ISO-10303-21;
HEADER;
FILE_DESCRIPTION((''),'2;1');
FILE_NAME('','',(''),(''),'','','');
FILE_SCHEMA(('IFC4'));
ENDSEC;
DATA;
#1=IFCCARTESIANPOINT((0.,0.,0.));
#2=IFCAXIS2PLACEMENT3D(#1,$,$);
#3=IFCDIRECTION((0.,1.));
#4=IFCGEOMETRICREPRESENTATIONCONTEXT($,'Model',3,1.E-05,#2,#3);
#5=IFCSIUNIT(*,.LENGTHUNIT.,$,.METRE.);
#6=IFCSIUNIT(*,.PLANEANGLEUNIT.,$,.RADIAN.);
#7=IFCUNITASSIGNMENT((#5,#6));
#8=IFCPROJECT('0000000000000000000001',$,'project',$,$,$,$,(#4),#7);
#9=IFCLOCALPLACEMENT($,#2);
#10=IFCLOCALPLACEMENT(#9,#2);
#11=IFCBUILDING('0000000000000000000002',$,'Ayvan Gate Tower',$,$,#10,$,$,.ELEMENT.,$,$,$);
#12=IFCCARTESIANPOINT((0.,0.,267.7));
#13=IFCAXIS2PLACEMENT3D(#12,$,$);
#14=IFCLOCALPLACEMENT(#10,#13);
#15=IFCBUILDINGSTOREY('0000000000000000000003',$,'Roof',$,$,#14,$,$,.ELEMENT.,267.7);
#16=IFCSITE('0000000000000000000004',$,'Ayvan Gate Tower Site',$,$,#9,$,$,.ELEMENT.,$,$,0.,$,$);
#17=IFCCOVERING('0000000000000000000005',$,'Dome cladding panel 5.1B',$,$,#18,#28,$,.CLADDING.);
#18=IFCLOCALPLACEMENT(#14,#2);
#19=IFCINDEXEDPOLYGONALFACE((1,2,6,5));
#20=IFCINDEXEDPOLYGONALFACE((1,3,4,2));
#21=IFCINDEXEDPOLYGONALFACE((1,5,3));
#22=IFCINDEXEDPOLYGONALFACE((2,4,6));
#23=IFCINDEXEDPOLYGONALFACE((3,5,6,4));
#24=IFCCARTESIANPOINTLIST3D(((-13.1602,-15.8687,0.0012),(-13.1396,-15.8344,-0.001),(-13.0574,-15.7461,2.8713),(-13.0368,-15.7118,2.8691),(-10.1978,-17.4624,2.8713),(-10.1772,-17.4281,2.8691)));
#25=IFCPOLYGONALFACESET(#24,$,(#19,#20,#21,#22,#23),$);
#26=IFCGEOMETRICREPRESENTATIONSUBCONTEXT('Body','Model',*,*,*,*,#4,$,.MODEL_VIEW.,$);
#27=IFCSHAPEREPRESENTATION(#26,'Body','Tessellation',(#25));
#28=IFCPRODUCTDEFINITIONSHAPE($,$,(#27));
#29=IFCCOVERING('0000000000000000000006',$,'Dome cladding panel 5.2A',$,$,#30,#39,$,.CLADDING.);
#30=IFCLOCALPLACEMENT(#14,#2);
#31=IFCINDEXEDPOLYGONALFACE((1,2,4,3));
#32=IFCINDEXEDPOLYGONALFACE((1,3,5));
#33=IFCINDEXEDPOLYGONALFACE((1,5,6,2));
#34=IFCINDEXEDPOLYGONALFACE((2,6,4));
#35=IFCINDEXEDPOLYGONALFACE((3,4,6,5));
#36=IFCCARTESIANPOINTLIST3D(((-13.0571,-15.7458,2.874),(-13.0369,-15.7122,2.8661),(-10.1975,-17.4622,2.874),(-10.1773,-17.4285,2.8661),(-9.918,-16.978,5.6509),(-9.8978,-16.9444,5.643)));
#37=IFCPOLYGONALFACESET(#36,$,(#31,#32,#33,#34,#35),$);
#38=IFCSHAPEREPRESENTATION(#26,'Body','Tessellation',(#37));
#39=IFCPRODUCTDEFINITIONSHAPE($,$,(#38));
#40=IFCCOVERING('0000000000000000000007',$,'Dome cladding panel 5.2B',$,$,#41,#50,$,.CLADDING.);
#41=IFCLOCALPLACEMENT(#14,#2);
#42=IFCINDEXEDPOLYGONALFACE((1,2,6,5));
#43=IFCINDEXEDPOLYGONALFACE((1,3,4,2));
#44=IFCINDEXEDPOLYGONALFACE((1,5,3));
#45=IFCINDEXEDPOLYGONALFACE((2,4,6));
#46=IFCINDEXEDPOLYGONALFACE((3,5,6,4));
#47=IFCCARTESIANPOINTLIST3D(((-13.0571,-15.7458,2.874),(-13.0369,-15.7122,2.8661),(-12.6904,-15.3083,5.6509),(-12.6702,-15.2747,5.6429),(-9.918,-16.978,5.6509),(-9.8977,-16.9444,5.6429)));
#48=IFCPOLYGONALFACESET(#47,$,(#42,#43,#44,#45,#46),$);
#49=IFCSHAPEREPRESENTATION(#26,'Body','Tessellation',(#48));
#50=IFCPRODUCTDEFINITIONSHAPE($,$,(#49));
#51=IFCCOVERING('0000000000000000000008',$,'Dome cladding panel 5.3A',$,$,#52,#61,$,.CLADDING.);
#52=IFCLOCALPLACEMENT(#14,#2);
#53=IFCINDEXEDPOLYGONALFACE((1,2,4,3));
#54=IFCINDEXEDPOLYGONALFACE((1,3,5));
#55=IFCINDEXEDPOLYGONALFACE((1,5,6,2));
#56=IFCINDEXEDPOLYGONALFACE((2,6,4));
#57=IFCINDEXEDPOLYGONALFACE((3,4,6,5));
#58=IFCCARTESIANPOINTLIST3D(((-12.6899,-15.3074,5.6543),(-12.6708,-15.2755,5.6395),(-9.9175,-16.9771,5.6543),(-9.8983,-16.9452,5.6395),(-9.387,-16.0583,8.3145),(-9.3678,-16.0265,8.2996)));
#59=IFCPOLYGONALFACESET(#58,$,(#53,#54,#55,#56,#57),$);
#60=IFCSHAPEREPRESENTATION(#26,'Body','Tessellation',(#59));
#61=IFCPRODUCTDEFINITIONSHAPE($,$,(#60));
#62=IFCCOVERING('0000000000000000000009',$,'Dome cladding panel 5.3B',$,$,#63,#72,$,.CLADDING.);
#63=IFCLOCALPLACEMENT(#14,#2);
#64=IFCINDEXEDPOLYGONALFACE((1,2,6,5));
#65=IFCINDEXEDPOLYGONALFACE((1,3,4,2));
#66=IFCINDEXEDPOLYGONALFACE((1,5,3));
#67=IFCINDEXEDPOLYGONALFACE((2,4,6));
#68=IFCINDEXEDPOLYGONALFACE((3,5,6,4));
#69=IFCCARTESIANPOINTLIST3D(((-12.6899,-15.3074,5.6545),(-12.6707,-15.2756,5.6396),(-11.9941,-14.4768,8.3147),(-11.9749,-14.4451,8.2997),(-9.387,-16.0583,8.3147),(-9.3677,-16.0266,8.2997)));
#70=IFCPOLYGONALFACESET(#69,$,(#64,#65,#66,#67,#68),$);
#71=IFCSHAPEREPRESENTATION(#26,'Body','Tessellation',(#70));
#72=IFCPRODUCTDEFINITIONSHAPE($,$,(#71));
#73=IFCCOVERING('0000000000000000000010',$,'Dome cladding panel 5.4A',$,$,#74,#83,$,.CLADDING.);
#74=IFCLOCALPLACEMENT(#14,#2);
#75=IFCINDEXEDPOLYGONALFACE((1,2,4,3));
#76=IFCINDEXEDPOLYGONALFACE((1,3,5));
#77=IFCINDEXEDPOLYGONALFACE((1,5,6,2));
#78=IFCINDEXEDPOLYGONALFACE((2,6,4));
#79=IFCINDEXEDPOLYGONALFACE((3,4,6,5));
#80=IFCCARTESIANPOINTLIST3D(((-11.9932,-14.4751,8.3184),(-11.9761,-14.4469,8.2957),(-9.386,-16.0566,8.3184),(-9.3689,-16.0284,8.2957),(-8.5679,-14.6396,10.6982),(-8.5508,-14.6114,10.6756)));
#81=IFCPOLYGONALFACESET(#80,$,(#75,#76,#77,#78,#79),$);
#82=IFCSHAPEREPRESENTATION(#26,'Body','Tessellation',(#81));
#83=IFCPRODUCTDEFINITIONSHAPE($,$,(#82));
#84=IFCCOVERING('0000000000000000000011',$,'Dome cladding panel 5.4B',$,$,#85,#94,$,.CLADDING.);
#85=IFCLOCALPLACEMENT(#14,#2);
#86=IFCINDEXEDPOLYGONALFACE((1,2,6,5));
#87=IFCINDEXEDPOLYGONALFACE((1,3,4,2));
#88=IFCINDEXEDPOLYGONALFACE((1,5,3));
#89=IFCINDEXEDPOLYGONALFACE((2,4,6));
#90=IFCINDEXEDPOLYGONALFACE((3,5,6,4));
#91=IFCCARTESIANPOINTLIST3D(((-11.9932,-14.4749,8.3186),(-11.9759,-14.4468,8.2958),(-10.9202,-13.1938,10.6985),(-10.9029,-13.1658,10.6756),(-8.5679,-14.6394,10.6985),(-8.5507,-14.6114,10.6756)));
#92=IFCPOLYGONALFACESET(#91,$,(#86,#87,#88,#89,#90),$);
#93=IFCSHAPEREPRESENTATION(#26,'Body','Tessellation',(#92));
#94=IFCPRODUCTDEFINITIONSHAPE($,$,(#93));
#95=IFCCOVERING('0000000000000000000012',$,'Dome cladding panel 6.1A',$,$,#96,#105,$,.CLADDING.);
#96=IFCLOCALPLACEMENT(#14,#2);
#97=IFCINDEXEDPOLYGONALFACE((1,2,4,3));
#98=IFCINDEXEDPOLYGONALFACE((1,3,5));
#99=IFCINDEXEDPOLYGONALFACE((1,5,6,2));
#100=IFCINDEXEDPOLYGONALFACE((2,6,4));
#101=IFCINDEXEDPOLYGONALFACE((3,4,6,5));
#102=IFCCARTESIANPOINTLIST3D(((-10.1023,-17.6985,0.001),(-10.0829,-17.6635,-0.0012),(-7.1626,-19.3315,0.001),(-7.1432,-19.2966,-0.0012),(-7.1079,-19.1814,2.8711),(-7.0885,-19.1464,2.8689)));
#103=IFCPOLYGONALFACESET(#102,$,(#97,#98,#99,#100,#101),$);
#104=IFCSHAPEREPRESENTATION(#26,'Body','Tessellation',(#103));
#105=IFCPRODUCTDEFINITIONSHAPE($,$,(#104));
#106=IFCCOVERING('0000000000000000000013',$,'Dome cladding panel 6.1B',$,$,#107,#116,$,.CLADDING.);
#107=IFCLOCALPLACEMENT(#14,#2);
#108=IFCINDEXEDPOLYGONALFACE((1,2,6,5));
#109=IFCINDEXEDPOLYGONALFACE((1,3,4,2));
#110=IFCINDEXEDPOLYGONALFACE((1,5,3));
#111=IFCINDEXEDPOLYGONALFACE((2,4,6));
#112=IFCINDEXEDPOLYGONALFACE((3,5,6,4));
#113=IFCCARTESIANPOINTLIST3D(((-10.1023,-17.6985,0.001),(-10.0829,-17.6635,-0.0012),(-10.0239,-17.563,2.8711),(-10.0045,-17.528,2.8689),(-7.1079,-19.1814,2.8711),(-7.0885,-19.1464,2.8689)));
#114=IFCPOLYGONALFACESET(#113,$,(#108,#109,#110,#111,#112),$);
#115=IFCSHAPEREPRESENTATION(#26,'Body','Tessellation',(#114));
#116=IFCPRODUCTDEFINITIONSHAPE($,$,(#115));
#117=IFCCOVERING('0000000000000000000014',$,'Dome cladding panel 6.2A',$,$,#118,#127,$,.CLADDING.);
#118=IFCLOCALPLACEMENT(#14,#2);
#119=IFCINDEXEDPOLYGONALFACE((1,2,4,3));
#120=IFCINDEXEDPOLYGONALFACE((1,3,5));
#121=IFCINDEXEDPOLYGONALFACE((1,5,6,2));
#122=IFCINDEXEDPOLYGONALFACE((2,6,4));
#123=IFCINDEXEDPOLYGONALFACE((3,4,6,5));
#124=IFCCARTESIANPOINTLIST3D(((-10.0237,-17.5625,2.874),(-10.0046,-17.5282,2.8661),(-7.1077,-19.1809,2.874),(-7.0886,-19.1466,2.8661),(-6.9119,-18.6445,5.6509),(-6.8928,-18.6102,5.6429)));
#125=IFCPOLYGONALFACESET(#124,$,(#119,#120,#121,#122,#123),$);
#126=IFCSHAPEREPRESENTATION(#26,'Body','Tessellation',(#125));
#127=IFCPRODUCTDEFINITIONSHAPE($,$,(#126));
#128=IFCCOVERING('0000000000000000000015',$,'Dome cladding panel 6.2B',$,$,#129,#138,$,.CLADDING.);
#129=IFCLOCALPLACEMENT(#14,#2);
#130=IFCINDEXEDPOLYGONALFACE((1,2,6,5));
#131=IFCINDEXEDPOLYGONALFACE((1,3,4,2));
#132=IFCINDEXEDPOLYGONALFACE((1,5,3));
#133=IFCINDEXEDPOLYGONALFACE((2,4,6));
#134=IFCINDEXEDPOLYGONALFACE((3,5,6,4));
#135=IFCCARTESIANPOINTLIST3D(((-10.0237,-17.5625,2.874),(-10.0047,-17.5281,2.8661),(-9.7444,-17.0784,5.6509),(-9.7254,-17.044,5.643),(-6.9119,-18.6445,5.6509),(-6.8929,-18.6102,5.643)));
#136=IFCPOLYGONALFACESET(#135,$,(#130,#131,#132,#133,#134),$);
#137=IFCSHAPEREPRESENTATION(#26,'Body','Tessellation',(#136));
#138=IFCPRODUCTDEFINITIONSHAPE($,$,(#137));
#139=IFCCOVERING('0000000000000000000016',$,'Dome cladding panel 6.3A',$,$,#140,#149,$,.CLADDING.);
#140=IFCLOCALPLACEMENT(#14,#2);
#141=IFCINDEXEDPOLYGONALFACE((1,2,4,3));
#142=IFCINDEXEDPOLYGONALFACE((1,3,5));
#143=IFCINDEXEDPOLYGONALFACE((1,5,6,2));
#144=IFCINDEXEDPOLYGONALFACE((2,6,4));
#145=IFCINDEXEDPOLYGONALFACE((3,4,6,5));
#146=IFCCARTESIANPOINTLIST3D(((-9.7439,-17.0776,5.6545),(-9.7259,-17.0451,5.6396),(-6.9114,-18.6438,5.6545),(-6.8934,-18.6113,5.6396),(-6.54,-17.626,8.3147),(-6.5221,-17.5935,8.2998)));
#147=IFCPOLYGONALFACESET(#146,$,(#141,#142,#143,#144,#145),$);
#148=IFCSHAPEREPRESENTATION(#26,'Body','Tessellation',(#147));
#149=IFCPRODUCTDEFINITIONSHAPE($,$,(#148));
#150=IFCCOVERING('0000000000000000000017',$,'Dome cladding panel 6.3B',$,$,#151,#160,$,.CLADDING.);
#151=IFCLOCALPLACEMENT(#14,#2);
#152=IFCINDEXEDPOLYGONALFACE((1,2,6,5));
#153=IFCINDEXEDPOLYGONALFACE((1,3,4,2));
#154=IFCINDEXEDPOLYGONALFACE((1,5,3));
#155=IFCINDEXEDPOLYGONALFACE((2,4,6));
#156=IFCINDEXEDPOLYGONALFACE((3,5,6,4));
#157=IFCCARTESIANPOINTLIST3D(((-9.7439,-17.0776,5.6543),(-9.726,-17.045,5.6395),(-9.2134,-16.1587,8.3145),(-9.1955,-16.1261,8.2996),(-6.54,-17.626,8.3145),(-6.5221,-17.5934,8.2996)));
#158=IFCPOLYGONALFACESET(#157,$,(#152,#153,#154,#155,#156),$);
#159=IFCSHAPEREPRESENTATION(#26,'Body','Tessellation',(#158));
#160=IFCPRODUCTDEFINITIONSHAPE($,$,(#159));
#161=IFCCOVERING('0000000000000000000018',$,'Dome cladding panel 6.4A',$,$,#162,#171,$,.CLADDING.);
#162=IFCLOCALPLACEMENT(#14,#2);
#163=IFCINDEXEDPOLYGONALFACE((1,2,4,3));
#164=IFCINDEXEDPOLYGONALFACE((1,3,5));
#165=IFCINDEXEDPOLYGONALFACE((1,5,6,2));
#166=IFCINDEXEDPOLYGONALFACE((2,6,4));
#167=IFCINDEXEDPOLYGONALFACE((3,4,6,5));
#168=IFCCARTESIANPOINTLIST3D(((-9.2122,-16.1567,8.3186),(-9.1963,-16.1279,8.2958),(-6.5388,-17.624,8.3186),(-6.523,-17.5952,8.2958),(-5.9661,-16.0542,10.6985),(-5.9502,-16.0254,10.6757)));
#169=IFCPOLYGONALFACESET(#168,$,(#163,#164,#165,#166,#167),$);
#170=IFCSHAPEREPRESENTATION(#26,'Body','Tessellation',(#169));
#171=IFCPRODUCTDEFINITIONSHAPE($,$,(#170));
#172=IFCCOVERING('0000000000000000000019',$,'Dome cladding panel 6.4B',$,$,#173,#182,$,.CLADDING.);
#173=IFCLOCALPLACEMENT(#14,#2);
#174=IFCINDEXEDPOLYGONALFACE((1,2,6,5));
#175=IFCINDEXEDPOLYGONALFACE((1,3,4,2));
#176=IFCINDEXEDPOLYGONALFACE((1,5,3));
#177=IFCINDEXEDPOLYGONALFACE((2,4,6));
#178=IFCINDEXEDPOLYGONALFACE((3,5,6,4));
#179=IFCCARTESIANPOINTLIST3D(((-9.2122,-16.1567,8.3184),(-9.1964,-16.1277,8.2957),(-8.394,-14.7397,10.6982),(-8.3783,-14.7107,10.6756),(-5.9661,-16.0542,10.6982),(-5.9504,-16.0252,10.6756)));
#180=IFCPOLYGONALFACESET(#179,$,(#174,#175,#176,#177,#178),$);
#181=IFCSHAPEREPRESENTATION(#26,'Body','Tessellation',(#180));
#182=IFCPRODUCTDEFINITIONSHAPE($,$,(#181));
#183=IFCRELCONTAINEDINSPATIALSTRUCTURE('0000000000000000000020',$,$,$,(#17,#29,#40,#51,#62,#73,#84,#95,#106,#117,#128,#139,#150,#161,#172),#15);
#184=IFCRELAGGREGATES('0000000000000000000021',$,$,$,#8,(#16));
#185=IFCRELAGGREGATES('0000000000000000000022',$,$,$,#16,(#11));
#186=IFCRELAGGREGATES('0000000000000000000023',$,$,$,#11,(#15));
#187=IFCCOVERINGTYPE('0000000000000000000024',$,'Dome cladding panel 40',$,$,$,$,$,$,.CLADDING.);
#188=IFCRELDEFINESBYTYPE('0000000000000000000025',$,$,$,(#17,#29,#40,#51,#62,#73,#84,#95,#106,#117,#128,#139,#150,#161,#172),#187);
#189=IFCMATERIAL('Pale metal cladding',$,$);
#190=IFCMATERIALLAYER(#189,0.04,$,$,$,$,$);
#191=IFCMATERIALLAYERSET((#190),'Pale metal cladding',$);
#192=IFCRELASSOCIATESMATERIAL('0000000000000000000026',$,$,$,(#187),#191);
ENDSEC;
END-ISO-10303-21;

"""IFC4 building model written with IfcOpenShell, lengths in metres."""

from ifc_helpers import new_model, si_unit, direction, frame, origin, place, context, subcontext, project, spatial, polyline, outline, extrude, material, layer, layer_set, type_object, element, save


model = new_model("IFC4")

# Units and contexts
model_context = context("Model", 3, precision=1e-05, world=origin(), true_north=direction((0.0, 1.0)))
body_context = subcontext(model_context, "Body", "Model", "MODEL_VIEW")
ifc_project = project(units=[si_unit("LENGTHUNIT", "METRE"), si_unit("PLANEANGLEUNIT", "RADIAN")], contexts=[model_context])

# Site, building, storey
site_placement = place(None, origin())
site = spatial("IfcSite", under=ifc_project, at=site_placement, Name="Ayvan Gate Tower Site", CompositionType="ELEMENT", RefElevation=0.0)
building_placement = place(site_placement, origin())
building = spatial("IfcBuilding", under=site, at=building_placement, Name="Ayvan Gate Tower", CompositionType="ELEMENT")
storey_placement = place(building_placement, frame((0.0, 0.0, 267.7)))
storey = spatial("IfcBuildingStorey", under=building, at=storey_placement, Name="Roof", CompositionType="ELEMENT", Elevation=267.7)

# Coverings
ifc_material_1 = material(Name="Pale metal cladding")
ifc_layer_1 = layer(ifc_material_1, 0.04)
ifc_layer_set_1 = layer_set([ifc_layer_1], Name="Pale metal cladding")
covering_type = type_object("IfcCoveringType", Name="Dome cladding panel 40", PredefinedType="CLADDING", material=ifc_layer_set_1)
covering_1_placement = place(storey_placement, frame((-13.1602, -15.8687, 0.0012), z_axis=(-0.513836, -0.856126, 0.054959), x_axis=(0.669935, -0.36042, 0.649065)))
element("IfcCovering", 1, at=covering_1_placement, inside=storey, type_object=covering_type, Name="Dome cladding panel 5.1B", PredefinedType="CLADDING", context=body_context, shape_type="SweptSolid", body=[
    extrude(outline(polyline([(0.0, 0.0), (4.4219, 0.0), (1.8876, 2.168), (0.0, 0.0)])), origin(), (0.0, 0.0, -1.0), 0.04),
])
covering_2_placement = place(storey_placement, frame((-13.0571, -15.7458, 2.874), z_axis=(-0.504495, -0.840562, 0.197334), x_axis=(0.857422, -0.514614, 0.0)))
element("IfcCovering", 2, at=covering_2_placement, inside=storey, type_object=covering_type, Name="Dome cladding panel 5.2A", PredefinedType="CLADDING", context=body_context, shape_type="SweptSolid", body=[
    extrude(outline(polyline([(0.0, 0.0), (3.3351, 0.0), (3.3257, 2.8326), (0.0, 0.0)])), origin(), (0.0, 0.0, -1.0), 0.04),
])
covering_3_placement = place(storey_placement, frame((-13.0571, -15.7458, 2.874), z_axis=(-0.505582, -0.839508, 0.199031), x_axis=(0.718595, -0.282062, 0.635659)))
element("IfcCovering", 3, at=covering_3_placement, inside=storey, type_object=covering_type, Name="Dome cladding panel 5.2B", PredefinedType="CLADDING", context=body_context, shape_type="SweptSolid", body=[
    extrude(outline(polyline([(0.0, 0.0), (4.3685, 0.0), (1.9052, 2.0993), (0.0, 0.0)])), origin(), (0.0, 0.0, -1.0), 0.04),
])
covering_4_placement = place(storey_placement, frame((-12.6899, -15.3074, 5.6543), z_axis=(-0.479213, -0.795723, 0.370378), x_axis=(0.856646, -0.515904, 0.0)))
element("IfcCovering", 4, at=covering_4_placement, inside=storey, type_object=covering_type, Name="Dome cladding panel 5.3A", PredefinedType="CLADDING", context=body_context, shape_type="SweptSolid", body=[
    extrude(outline(polyline([(0.0, 0.0), (3.2364, 0.0), (3.2169, 2.8638), (0.0, 0.0)])), origin(), (0.0, 0.0, -1.0), 0.04),
])
covering_5_placement = place(storey_placement, frame((-12.6899, -15.3074, 5.6545), z_axis=(-0.481117, -0.793122, 0.373475), x_axis=(0.76689, -0.174363, 0.617639)))
element("IfcCovering", 5, at=covering_5_placement, inside=storey, type_object=covering_type, Name="Dome cladding panel 5.3B", PredefinedType="CLADDING", context=body_context, shape_type="SweptSolid", body=[
    extrude(outline(polyline([(0.0, 0.0), (4.307, 0.0), (2.0318, 2.0303), (0.0, 0.0)])), origin(), (0.0, 0.0, -1.0), 0.04),
])
covering_6_placement = place(storey_placement, frame((-11.9932, -14.4751, 8.3184), z_axis=(-0.427415, -0.704594, 0.566448), x_axis=(0.854989, -0.518646, 0.0)))
element("IfcCovering", 6, at=covering_6_placement, inside=storey, type_object=covering_type, Name="Dome cladding panel 5.4A", PredefinedType="CLADDING", context=body_context, shape_type="SweptSolid", body=[
    extrude(outline(polyline([(0.0, 0.0), (3.0494, 0.0), (3.0139, 2.8879), (0.0, 0.0)])), origin(), (0.0, 0.0, -1.0), 0.04),
])
covering_7_placement = place(storey_placement, frame((-11.9932, -14.4749, 8.3186), z_axis=(-0.430003, -0.699726, 0.570509), x_axis=(0.820596, -0.039421, 0.570148)))
element("IfcCovering", 7, at=covering_7_placement, inside=storey, type_object=covering_type, Name="Dome cladding panel 5.4B", PredefinedType="CLADDING", context=body_context, shape_type="SweptSolid", body=[
    extrude(outline(polyline([(0.0, 0.0), (4.1742, 0.0), (2.1869, 1.9167), (0.0, 0.0)])), origin(), (0.0, 0.0, -1.0), 0.04),
])
covering_8_placement = place(storey_placement, frame((-10.1023, -17.6985, 0.001), z_axis=(-0.484886, -0.872853, 0.054901), x_axis=(0.874171, -0.485618, 0.0)))
element("IfcCovering", 8, at=covering_8_placement, inside=storey, type_object=covering_type, Name="Dome cladding panel 6.1A", PredefinedType="CLADDING", context=body_context, shape_type="SweptSolid", body=[
    extrude(outline(polyline([(0.0, 0.0), (3.3628, 0.0), (3.3377, 2.8745), (0.0, 0.0)])), origin(), (0.0, 0.0, -1.0), 0.04),
])
covering_9_placement = place(storey_placement, frame((-10.1023, -17.6985, 0.001), z_axis=(-0.484556, -0.873064, 0.054448), x_axis=(0.679789, -0.336652, 0.651577)))
element("IfcCovering", 9, at=covering_9_placement, inside=storey, type_object=covering_type, Name="Dome cladding panel 6.1B", PredefinedType="CLADDING", context=body_context, shape_type="SweptSolid", body=[
    extrude(outline(polyline([(0.0, 0.0), (4.4049, 0.0), (1.8778, 2.1763), (0.0, 0.0)])), origin(), (0.0, 0.0, -1.0), 0.04),
])
covering_10_placement = place(storey_placement, frame((-10.0237, -17.5625, 2.874), z_axis=(-0.475566, -0.856865, 0.199045), x_axis=(0.874361, -0.485276, 0.0)))
element("IfcCovering", 10, at=covering_10_placement, inside=storey, type_object=covering_type, Name="Dome cladding panel 6.2A", PredefinedType="CLADDING", context=body_context, shape_type="SweptSolid", body=[
    extrude(outline(polyline([(0.0, 0.0), (3.335, 0.0), (3.2459, 2.8336), (0.0, 0.0)])), origin(), (0.0, 0.0, -1.0), 0.04),
])
covering_11_placement = place(storey_placement, frame((-10.0237, -17.5625, 2.874), z_axis=(-0.47437, -0.857934, 0.197289), x_axis=(0.722213, -0.251126, 0.644473)))
element("IfcCovering", 11, at=covering_11_placement, inside=storey, type_object=covering_type, Name="Dome cladding panel 6.2B", PredefinedType="CLADDING", context=body_context, shape_type="SweptSolid", body=[
    extrude(outline(polyline([(0.0, 0.0), (4.3087, 0.0), (1.8697, 2.1278), (0.0, 0.0)])), origin(), (0.0, 0.0, -1.0), 0.04),
])
covering_12_placement = place(storey_placement, frame((-9.7439, -17.0776, 5.6545), z_axis=(-0.448901, -0.811871, 0.373299), x_axis=(0.875134, -0.483881, 0.0)))
element("IfcCovering", 12, at=covering_12_placement, inside=storey, type_object=covering_type, Name="Dome cladding panel 6.3A", PredefinedType="CLADDING", context=body_context, shape_type="SweptSolid", body=[
    extrude(outline(polyline([(0.0, 0.0), (3.2367, 0.0), (3.0691, 2.8674), (0.0, 0.0)])), origin(), (0.0, 0.0, -1.0), 0.04),
])
covering_13_placement = place(storey_placement, frame((-9.7439, -17.0776, 5.6543), z_axis=(-0.446923, -0.814278, 0.370421), x_axis=(0.762784, -0.13055, 0.633338)))
element("IfcCovering", 13, at=covering_13_placement, inside=storey, type_object=covering_type, Name="Dome cladding panel 6.3B", PredefinedType="CLADDING", context=body_context, shape_type="SweptSolid", body=[
    extrude(outline(polyline([(0.0, 0.0), (4.2002, 0.0), (1.9695, 2.0793), (0.0, 0.0)])), origin(), (0.0, 0.0, -1.0), 0.04),
])
covering_14_placement = place(storey_placement, frame((-9.2122, -16.1567, 8.3186), z_axis=(-0.395276, -0.720179, 0.570175), x_axis=(0.876638, -0.48115, 0.0)))
element("IfcCovering", 14, at=covering_14_placement, inside=storey, type_object=covering_type, Name="Dome cladding panel 6.4A", PredefinedType="CLADDING", context=body_context, shape_type="SweptSolid", body=[
    extrude(outline(polyline([(0.0, 0.0), (3.0495, 0.0), (2.7963, 2.8969), (0.0, 0.0)])), origin(), (0.0, 0.0, -1.0), 0.04),
])
covering_15_placement = place(storey_placement, frame((-9.2122, -16.1567, 8.3184), z_axis=(-0.39236, -0.724743, 0.566394), x_axis=(0.806213, 0.025467, 0.591077)))
element("IfcCovering", 15, at=covering_15_placement, inside=storey, type_object=covering_type, Name="Dome cladding panel 6.4B", PredefinedType="CLADDING", context=body_context, shape_type="SweptSolid", body=[
    extrude(outline(polyline([(0.0, 0.0), (4.0263, 0.0), (2.1024, 1.9802), (0.0, 0.0)])), origin(), (0.0, 0.0, -1.0), 0.04),
])

save(model, "model.ifc")
